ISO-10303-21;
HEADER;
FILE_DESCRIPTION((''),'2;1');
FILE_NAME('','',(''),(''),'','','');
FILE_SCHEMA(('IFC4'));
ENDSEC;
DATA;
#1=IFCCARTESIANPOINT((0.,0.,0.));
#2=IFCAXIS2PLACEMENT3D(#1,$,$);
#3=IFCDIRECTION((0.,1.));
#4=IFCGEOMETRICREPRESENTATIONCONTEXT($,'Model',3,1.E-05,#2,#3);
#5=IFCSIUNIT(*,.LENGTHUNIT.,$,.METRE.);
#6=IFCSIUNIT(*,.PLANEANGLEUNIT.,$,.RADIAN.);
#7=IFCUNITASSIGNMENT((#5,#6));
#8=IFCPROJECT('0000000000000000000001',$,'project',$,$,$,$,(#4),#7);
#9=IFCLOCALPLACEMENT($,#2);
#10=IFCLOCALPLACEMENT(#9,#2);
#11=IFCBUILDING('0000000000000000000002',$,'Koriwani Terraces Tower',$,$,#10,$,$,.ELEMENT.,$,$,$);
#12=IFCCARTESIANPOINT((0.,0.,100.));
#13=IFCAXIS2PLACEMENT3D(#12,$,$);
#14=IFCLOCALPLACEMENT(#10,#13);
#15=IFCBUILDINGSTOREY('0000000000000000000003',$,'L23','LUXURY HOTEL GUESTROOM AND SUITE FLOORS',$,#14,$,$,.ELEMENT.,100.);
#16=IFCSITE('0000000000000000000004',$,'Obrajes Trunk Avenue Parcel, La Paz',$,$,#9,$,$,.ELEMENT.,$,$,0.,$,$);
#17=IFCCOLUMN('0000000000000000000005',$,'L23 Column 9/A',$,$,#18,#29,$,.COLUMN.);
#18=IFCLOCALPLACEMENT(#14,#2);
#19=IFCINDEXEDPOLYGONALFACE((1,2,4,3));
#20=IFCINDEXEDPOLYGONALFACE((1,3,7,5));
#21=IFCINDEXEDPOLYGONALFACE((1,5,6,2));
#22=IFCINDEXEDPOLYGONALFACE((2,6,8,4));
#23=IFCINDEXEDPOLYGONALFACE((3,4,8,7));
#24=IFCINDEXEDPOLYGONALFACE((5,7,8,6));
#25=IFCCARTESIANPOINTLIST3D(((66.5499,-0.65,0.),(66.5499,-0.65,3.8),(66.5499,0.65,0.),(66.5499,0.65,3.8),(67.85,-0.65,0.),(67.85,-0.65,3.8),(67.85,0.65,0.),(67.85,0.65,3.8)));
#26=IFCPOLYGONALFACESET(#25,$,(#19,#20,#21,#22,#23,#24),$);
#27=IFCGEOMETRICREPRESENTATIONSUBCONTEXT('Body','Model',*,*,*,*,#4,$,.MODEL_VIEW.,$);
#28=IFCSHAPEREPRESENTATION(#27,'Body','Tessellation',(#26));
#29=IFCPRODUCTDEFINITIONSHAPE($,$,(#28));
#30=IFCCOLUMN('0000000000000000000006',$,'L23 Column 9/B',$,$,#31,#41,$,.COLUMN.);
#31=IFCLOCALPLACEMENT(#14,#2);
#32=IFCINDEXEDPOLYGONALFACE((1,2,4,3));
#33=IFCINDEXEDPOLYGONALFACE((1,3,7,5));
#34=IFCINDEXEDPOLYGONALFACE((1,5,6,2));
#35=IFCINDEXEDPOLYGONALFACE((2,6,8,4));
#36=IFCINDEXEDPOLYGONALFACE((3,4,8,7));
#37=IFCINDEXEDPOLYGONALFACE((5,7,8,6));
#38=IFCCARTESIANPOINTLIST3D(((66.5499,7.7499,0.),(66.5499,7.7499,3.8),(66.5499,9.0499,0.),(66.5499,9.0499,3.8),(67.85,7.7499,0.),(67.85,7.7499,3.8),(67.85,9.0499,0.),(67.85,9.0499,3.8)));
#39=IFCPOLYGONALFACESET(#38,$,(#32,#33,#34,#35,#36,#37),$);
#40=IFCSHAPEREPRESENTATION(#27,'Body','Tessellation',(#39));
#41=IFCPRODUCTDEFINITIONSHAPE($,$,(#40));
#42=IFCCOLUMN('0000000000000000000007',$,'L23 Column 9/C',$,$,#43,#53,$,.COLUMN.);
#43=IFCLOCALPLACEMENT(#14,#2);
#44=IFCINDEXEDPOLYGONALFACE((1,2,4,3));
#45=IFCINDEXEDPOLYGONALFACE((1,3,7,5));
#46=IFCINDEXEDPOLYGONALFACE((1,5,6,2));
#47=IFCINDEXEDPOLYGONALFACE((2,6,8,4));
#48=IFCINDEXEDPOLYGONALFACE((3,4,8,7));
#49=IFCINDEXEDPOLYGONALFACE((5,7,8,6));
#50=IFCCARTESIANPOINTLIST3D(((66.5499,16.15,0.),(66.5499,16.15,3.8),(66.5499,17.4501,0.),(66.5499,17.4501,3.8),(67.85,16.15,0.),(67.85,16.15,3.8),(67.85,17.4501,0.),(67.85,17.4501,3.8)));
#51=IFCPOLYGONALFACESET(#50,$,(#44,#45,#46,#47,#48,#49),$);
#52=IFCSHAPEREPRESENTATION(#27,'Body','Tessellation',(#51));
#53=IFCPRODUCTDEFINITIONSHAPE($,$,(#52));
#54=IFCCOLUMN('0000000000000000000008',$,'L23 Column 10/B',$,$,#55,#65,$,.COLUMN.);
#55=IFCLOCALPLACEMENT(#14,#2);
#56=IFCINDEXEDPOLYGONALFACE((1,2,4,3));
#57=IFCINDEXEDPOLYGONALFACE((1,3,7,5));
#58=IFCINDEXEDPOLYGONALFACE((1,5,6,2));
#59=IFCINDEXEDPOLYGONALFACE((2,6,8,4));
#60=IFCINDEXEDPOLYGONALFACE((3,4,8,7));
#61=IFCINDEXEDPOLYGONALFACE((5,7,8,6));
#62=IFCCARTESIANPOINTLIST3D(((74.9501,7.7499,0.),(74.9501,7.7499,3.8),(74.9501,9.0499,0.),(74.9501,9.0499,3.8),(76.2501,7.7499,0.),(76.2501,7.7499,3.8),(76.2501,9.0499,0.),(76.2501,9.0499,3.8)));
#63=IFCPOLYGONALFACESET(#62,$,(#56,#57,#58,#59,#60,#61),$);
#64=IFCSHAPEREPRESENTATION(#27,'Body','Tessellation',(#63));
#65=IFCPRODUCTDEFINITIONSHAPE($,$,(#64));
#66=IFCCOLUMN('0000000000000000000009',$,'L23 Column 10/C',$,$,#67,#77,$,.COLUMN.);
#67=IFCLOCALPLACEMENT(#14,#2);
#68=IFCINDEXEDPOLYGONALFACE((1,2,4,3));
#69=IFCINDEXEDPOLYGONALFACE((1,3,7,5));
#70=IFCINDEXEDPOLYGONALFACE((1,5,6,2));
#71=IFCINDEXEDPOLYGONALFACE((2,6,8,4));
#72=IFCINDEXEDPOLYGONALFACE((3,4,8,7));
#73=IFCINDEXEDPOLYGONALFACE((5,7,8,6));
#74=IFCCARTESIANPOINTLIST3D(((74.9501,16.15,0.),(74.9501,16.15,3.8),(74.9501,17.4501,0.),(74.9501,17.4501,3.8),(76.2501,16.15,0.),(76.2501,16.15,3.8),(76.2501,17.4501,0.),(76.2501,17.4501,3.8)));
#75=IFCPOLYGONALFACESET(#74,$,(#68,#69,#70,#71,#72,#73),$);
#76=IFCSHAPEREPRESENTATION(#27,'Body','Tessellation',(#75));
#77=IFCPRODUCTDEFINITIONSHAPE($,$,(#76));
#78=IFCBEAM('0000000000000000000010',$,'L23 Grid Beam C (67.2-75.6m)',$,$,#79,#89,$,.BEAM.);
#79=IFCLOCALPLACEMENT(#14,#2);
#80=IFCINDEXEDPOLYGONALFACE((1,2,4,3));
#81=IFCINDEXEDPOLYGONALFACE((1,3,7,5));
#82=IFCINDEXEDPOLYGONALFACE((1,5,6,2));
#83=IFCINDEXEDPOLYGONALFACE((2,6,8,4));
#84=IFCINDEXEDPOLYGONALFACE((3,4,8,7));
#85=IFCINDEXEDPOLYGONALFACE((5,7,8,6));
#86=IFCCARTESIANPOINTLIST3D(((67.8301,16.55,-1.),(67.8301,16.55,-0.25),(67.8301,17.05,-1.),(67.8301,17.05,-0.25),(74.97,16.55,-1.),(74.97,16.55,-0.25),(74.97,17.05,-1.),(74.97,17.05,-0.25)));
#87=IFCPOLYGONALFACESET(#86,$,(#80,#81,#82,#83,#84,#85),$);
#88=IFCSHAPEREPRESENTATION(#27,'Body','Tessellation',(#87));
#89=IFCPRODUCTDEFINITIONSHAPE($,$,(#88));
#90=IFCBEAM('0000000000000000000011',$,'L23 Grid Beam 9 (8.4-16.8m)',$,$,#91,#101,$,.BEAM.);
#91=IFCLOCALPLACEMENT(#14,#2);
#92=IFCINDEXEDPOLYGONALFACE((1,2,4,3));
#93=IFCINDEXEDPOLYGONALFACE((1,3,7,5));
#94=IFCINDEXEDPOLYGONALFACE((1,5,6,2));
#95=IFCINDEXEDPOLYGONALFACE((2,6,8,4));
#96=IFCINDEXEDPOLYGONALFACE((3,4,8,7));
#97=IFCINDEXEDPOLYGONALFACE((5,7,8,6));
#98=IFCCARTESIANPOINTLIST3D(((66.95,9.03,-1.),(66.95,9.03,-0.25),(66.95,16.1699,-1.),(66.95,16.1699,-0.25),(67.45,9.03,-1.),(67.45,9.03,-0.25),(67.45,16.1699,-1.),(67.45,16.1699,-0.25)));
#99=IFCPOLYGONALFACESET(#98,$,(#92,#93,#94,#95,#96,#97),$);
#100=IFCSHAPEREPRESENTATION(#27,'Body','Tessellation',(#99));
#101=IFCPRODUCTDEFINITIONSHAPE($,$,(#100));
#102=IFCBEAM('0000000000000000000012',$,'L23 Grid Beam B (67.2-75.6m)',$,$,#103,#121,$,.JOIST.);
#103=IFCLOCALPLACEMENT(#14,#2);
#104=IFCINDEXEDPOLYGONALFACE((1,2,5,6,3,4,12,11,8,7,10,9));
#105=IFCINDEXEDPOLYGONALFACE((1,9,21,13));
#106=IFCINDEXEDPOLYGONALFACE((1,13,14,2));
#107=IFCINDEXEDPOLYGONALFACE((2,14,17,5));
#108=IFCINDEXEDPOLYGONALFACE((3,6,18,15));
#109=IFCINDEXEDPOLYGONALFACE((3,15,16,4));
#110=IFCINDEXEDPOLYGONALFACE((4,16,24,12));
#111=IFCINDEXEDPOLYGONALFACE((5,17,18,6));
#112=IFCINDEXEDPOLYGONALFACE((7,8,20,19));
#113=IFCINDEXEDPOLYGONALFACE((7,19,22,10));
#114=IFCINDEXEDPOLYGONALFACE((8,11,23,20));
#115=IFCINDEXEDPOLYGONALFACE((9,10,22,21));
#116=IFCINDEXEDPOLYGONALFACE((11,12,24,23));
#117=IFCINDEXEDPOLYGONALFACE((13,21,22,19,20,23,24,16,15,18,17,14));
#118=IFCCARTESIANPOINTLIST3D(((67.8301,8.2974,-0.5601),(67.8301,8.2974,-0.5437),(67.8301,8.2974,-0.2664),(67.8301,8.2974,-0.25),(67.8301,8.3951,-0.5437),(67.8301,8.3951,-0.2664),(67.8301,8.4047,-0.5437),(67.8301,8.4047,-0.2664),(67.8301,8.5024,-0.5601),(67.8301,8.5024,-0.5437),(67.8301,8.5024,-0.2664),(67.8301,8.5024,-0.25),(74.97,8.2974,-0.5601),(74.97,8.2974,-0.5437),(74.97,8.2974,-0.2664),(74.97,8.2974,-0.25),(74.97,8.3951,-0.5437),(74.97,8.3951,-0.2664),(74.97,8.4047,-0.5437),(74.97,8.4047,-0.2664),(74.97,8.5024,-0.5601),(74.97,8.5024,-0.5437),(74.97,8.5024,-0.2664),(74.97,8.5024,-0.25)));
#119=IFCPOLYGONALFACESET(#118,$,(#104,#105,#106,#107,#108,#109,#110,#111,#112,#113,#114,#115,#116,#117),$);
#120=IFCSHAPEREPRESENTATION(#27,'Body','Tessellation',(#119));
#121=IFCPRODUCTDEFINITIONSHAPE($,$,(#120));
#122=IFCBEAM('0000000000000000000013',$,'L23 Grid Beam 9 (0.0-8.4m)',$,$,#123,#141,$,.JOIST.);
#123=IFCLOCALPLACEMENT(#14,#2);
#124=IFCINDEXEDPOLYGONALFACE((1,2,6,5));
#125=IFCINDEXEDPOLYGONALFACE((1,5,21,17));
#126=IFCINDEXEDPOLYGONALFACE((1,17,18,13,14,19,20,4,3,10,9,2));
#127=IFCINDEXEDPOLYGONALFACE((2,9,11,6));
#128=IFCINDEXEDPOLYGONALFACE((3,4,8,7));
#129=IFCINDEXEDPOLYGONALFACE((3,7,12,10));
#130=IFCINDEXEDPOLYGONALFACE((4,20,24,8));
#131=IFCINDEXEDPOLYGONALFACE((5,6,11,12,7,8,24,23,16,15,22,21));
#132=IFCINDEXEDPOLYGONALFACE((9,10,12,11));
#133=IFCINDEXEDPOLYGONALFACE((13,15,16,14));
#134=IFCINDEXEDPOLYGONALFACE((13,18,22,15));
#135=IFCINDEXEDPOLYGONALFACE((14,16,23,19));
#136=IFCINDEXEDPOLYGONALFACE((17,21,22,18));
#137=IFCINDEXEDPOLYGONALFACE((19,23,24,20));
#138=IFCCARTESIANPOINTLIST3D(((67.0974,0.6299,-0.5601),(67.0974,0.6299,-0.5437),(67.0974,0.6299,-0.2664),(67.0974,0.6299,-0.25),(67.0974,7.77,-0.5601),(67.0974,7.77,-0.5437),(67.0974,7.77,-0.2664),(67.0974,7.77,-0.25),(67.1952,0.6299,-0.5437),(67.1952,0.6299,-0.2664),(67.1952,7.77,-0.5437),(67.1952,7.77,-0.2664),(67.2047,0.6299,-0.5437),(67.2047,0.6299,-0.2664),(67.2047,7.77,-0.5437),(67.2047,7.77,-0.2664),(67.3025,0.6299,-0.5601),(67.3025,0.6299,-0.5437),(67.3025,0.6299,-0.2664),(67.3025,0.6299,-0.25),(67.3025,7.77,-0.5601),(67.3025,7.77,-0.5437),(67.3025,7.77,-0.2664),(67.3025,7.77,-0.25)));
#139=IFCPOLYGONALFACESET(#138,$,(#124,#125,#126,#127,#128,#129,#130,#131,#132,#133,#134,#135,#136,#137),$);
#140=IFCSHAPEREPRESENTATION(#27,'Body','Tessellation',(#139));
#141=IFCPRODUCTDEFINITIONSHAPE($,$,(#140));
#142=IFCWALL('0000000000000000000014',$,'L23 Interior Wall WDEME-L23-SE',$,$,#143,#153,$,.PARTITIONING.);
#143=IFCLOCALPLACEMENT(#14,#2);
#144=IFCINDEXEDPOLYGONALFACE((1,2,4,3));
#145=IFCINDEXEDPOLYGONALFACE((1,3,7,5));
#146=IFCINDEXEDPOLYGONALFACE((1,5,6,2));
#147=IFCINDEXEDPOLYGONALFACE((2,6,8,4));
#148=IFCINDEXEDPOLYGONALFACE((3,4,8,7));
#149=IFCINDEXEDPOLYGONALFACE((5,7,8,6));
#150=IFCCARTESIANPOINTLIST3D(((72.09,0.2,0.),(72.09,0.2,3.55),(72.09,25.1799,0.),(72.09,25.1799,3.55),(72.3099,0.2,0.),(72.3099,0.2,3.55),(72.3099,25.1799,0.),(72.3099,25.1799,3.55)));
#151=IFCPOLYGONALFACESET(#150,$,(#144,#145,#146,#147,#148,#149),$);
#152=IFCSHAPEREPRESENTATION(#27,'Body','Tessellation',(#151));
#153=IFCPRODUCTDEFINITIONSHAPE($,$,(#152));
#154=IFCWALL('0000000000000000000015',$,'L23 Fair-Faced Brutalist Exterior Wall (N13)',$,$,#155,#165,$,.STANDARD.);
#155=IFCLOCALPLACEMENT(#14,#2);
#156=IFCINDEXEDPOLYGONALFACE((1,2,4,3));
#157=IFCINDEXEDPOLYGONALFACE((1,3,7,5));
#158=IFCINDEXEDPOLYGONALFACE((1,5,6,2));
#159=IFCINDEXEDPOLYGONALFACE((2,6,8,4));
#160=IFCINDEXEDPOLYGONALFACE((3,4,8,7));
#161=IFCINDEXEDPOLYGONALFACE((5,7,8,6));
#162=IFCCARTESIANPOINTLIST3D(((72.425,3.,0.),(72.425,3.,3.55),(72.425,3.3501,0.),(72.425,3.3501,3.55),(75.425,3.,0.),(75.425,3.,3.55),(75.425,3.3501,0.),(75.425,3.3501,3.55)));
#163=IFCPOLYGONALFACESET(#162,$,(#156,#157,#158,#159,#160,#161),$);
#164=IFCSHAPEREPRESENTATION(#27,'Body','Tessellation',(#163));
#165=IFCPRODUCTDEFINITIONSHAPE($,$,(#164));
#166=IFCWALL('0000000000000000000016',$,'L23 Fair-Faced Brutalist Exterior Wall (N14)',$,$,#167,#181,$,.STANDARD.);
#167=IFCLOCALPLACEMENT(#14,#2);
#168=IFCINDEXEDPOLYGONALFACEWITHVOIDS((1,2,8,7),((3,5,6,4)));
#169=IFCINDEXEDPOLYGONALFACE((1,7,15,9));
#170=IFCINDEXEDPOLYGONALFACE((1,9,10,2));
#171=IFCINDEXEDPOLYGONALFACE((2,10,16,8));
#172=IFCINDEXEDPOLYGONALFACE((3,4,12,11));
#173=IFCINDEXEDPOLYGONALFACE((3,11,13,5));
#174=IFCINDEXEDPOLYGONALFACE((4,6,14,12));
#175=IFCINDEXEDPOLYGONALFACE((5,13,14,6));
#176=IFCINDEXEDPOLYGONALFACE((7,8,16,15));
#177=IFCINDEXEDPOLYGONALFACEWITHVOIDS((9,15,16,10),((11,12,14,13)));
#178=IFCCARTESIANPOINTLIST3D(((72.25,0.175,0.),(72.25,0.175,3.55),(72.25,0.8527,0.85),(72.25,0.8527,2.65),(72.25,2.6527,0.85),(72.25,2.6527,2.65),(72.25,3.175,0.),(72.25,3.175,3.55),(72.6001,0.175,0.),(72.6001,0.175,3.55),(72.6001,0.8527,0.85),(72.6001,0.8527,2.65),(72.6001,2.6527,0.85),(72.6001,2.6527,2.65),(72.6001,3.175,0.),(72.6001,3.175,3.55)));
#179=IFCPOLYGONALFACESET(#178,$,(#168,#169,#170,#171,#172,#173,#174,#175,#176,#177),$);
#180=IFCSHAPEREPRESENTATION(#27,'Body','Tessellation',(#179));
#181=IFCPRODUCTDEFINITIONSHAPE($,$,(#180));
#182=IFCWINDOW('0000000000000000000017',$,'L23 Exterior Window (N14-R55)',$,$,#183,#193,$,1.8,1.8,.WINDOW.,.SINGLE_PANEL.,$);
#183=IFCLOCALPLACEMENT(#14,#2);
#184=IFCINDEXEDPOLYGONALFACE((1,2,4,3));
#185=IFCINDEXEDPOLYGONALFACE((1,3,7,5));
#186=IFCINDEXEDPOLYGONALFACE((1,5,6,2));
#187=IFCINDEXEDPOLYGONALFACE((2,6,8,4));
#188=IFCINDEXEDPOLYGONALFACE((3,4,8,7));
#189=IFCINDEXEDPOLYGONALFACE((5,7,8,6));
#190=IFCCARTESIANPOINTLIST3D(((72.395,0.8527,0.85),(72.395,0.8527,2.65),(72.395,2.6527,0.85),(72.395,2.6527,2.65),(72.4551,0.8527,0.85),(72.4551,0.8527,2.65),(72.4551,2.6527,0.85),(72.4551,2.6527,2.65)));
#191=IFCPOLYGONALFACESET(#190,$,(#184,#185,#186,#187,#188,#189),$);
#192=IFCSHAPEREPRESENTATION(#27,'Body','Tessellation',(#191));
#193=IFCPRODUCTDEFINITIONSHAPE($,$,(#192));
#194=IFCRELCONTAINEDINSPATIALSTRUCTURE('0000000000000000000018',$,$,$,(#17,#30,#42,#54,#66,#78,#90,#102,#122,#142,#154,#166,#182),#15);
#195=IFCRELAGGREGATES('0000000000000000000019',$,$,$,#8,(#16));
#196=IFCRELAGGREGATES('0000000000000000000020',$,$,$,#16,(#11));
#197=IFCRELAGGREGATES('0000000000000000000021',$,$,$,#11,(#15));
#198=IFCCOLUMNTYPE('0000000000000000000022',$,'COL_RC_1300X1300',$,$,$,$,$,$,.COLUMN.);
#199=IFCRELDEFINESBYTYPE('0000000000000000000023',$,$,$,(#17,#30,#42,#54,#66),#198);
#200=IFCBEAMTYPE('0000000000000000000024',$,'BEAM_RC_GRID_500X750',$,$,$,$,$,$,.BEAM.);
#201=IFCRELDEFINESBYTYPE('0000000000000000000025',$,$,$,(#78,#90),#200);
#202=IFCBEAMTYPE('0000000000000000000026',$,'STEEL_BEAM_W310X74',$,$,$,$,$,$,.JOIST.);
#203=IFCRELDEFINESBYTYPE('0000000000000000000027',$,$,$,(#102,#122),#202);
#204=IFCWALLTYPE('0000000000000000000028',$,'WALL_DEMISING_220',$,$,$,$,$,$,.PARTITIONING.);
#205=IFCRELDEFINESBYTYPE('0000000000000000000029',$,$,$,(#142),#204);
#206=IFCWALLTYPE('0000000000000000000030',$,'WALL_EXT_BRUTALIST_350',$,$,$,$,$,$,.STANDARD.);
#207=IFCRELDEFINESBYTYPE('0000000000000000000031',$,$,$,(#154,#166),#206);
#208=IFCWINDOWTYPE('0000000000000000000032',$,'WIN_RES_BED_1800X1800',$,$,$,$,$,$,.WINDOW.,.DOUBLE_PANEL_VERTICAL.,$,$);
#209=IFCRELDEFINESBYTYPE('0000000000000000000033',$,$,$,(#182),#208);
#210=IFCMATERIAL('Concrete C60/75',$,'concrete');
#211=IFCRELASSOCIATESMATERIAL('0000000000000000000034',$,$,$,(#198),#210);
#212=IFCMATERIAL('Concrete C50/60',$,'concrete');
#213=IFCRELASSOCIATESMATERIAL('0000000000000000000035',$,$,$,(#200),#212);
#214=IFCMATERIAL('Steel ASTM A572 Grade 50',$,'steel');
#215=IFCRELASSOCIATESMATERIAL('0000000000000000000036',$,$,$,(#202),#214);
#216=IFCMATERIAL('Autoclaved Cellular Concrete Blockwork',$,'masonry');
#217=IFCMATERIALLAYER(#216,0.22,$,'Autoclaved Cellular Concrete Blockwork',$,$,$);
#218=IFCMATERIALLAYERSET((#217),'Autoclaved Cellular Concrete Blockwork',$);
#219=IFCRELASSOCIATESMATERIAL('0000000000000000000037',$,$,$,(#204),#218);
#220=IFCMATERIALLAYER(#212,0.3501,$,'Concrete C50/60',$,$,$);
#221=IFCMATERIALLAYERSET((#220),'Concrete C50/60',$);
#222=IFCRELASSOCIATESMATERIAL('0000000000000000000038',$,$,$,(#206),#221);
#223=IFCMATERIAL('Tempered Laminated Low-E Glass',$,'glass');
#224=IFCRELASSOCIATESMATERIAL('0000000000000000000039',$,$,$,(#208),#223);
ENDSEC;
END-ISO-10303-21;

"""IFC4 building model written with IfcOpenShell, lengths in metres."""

from ifc_helpers import new_model, si_unit, direction, frame, frame_2d, origin, origin_2d, place, context, subcontext, project, spatial, rectangle, i_section, extrude, material, layer, layer_set, material_profile, profile_set, type_object, element, fill, save


model = new_model("IFC4")

# Units and contexts
model_context = context("Model", 3, precision=1e-05, world=origin(), true_north=direction((0.0, 1.0)))
body_context = subcontext(model_context, "Body", "Model", "MODEL_VIEW")
ifc_project = project(units=[si_unit("LENGTHUNIT", "METRE"), si_unit("PLANEANGLEUNIT", "RADIAN")], contexts=[model_context])

# Site, building, storey
site_placement = place(None, origin())
site = spatial("IfcSite", under=ifc_project, at=site_placement, Name="Obrajes Trunk Avenue Parcel, La Paz", CompositionType="ELEMENT", RefElevation=0.0)
building_placement = place(site_placement, origin())
building = spatial("IfcBuilding", under=site, at=building_placement, Name="Koriwani Terraces Tower", CompositionType="ELEMENT")
storey_placement = place(building_placement, frame((0.0, 0.0, 100.0)))
storey = spatial("IfcBuildingStorey", under=building, at=storey_placement, Name="L23", Description="LUXURY HOTEL GUESTROOM AND SUITE FLOORS", CompositionType="ELEMENT", Elevation=100.0)

# Columns
ifc_material_1 = material(Name="Concrete C60/75", Category="concrete")
ifc_material_profile_1 = material_profile(ifc_material_1, rectangle(XDim=1.3, YDim=1.3, at=origin_2d()), Name="Concrete C60/75", Category="LoadBearing")
ifc_profile_set_1 = profile_set([ifc_material_profile_1], Name="Concrete C60/75")
column_type = type_object("IfcColumnType", Name="COL_RC_1300X1300", PredefinedType="COLUMN", material=ifc_profile_set_1)
for number, where, z_axis, x_axis, name in (
    (1, (67.2, 0.0, 0.0), (0.0, 0.0, 1.0), (1.0, 0.0, 0.0), "L23 Column 9/A"),
    (2, (67.2, 8.3999, 0.0), (0.0, 0.0, 1.0), (1.0, 0.0, 0.0), "L23 Column 9/B"),
    (3, (67.2, 16.8, 0.0), (0.0, 0.0, 1.0), (1.0, 0.0, 0.0), "L23 Column 9/C"),
    (4, (75.6001, 8.3999, 0.0), (0.0, 0.0, 1.0), (1.0, 0.0, 0.0), "L23 Column 10/B"),
    (5, (75.6001, 16.8, 0.0), (0.0, 0.0, 1.0), (1.0, 0.0, 0.0), "L23 Column 10/C"),
):
    element("IfcColumn", number, at=place(storey_placement, frame(where, z_axis=z_axis, x_axis=x_axis)), inside=storey, type_object=column_type, Name=name, PredefinedType="COLUMN", context=body_context, shape_type="SweptSolid", body=[
        extrude(rectangle(XDim=1.3, YDim=1.3, at=origin_2d()), origin(), (0.0, 0.0, 1.0), 3.8),
    ])

# Beams
ifc_material_2 = material(Name="Concrete C50/60", Category="concrete")
ifc_material_profile_2 = material_profile(ifc_material_2, rectangle(XDim=0.5, YDim=0.75, at=origin_2d()), Name="Concrete C50/60", Category="LoadBearing")
ifc_profile_set_2 = profile_set([ifc_material_profile_2], Name="Concrete C50/60")
beam_type_1 = type_object("IfcBeamType", Name="BEAM_RC_GRID_500X750", PredefinedType="BEAM", material=ifc_profile_set_2)
for number, where, z_axis, x_axis, name in (
    (6, (67.8301, 16.8, -0.625), (1.0, 0.0, 0.0), (0.0, 1.0, 0.0), "L23 Grid Beam C (67.2-75.6m)"),
    (7, (67.2, 9.03, -0.625), (0.0, 1.0, 0.0), (-1.0, 0.0, 0.0), "L23 Grid Beam 9 (8.4-16.8m)"),
):
    element("IfcBeam", number, at=place(storey_placement, frame(where, z_axis=z_axis, x_axis=x_axis)), inside=storey, type_object=beam_type_1, Name=name, PredefinedType="BEAM", context=body_context, shape_type="SweptSolid", body=[
        extrude(rectangle(XDim=0.5, YDim=0.75, at=origin_2d()), origin(), (0.0, 0.0, 1.0), 7.1399),
    ])
ifc_material_3 = material(Name="Steel ASTM A572 Grade 50", Category="steel")
ifc_material_profile_3 = material_profile(ifc_material_3, i_section(OverallWidth=0.2051, OverallDepth=0.3101, WebThickness=0.0095, FlangeThickness=0.0164, at=origin_2d()), Name="Steel ASTM A572 Grade 50", Category="LoadBearing")
ifc_profile_set_3 = profile_set([ifc_material_profile_3], Name="Steel ASTM A572 Grade 50")
beam_type_2 = type_object("IfcBeamType", Name="STEEL_BEAM_W310X74", PredefinedType="JOIST", material=ifc_profile_set_3)
beam_1_placement = place(storey_placement, frame((67.8301, 8.3999, -0.405), z_axis=(1.0, 0.0, 0.0), x_axis=(0.0, 1.0, 0.0)))
element("IfcBeam", 8, at=beam_1_placement, inside=storey, type_object=beam_type_2, Name="L23 Grid Beam B (67.2-75.6m)", PredefinedType="JOIST", context=body_context, shape_type="SweptSolid", body=[
    extrude(i_section(OverallWidth=0.2051, OverallDepth=0.3101, WebThickness=0.0095, FlangeThickness=0.0164, at=origin_2d()), origin(), (0.0, 0.0, 1.0), 7.1399),
])
beam_2_placement = place(storey_placement, frame((67.2, 0.6299, -0.405), z_axis=(0.0, 1.0, 0.0), x_axis=(-1.0, 0.0, 0.0)))
element("IfcBeam", 9, at=beam_2_placement, inside=storey, type_object=beam_type_2, Name="L23 Grid Beam 9 (0.0-8.4m)", PredefinedType="JOIST", context=body_context, shape_type="SweptSolid", body=[
    extrude(i_section(OverallWidth=0.2051, OverallDepth=0.3101, WebThickness=0.0095, FlangeThickness=0.0164, at=origin_2d()), origin(), (0.0, 0.0, 1.0), 7.1401),
])

# Walls
ifc_material_4 = material(Name="Autoclaved Cellular Concrete Blockwork", Category="masonry")
ifc_layer_1 = layer(ifc_material_4, 0.22, Name="Autoclaved Cellular Concrete Blockwork")
ifc_layer_set_1 = layer_set([ifc_layer_1], Name="Autoclaved Cellular Concrete Blockwork")
wall_type_1 = type_object("IfcWallType", Name="WALL_DEMISING_220", PredefinedType="PARTITIONING", material=ifc_layer_set_1)
wall_1_placement = place(storey_placement, frame((72.2, 0.2, 0.0), z_axis=(0.0, 0.0, 1.0), x_axis=(0.0, 1.0, 0.0)))
element("IfcWall", 10, at=wall_1_placement, inside=storey, type_object=wall_type_1, Name="L23 Interior Wall WDEME-L23-SE", PredefinedType="PARTITIONING", context=body_context, shape_type="SweptSolid", body=[
    extrude(rectangle(XDim=24.98, YDim=0.22, at=frame_2d((12.49, 0.0))), origin(), (0.0, 0.0, 1.0), 3.55),
])
ifc_layer_2 = layer(ifc_material_2, 0.3501, Name="Concrete C50/60")
ifc_layer_set_2 = layer_set([ifc_layer_2], Name="Concrete C50/60")
wall_type_2 = type_object("IfcWallType", Name="WALL_EXT_BRUTALIST_350", PredefinedType="STANDARD", material=ifc_layer_set_2)
wall_2_placement = place(storey_placement, frame((75.425, 3.175, 0.0), z_axis=(0.0, 0.0, 1.0), x_axis=(-1.0, 0.0, 0.0)))
element("IfcWall", 11, at=wall_2_placement, inside=storey, type_object=wall_type_2, Name="L23 Fair-Faced Brutalist Exterior Wall (N13)", PredefinedType="STANDARD", context=body_context, shape_type="SweptSolid", body=[
    extrude(rectangle(XDim=3.0, YDim=0.3501, at=frame_2d((1.5, 0.0))), origin(), (0.0, 0.0, 1.0), 3.55),
])

# Wall, opening, window
wall_3_placement = place(storey_placement, frame((72.425, 3.175, 0.0), z_axis=(0.0, 0.0, 1.0), x_axis=(0.0, -1.0, 0.0)))
wall_3 = element("IfcWall", 12, at=wall_3_placement, inside=storey, type_object=wall_type_2, Name="L23 Fair-Faced Brutalist Exterior Wall (N14)", PredefinedType="STANDARD", context=body_context, shape_type="SweptSolid", body=[
    extrude(rectangle(XDim=3.0, YDim=0.3501, at=frame_2d((1.5, 0.0))), origin(), (0.0, 0.0, 1.0), 3.55),
])
opening_1_placement = place(wall_3_placement, frame((0.5225, 0.0, 0.8501)))
opening_1 = element("IfcOpeningElement", 13, at=opening_1_placement, cuts=wall_3, PredefinedType="OPENING", context=body_context, shape_type="SweptSolid", body=[
    extrude(rectangle(XDim=1.8, YDim=1.8, at=frame_2d((0.8999, 0.8999))), frame((0.0, 0.1851, 0.0), z_axis=(0.0, -1.0, 0.0), x_axis=(1.0, 0.0, 0.0)), (0.0, 0.0, 1.0), 0.3701),
])
ifc_material_5 = material(Name="Tempered Laminated Low-E Glass", Category="glass")
window_type_1 = type_object("IfcWindowType", Name="WIN_RES_BED_1800X1800", PartitioningType="DOUBLE_PANEL_VERTICAL", PredefinedType="WINDOW", material=ifc_material_5)
window_1_placement = place(opening_1_placement, origin())
window_1 = element("IfcWindow", 14, at=window_1_placement, inside=storey, type_object=window_type_1, Name="L23 Exterior Window (N14-R55)", OverallHeight=1.8, OverallWidth=1.8, PartitioningType="SINGLE_PANEL", PredefinedType="WINDOW", context=body_context, shape_type="SweptSolid", body=[
    extrude(rectangle(XDim=1.8, YDim=1.8, at=frame_2d((0.8999, 0.8999))), frame((0.0, 0.03, 0.0), z_axis=(0.0, -1.0, 0.0), x_axis=(1.0, 0.0, 0.0)), (0.0, 0.0, 1.0), 0.0601),
])
fill(opening_1, window_1)

save(model, "model.ifc")
